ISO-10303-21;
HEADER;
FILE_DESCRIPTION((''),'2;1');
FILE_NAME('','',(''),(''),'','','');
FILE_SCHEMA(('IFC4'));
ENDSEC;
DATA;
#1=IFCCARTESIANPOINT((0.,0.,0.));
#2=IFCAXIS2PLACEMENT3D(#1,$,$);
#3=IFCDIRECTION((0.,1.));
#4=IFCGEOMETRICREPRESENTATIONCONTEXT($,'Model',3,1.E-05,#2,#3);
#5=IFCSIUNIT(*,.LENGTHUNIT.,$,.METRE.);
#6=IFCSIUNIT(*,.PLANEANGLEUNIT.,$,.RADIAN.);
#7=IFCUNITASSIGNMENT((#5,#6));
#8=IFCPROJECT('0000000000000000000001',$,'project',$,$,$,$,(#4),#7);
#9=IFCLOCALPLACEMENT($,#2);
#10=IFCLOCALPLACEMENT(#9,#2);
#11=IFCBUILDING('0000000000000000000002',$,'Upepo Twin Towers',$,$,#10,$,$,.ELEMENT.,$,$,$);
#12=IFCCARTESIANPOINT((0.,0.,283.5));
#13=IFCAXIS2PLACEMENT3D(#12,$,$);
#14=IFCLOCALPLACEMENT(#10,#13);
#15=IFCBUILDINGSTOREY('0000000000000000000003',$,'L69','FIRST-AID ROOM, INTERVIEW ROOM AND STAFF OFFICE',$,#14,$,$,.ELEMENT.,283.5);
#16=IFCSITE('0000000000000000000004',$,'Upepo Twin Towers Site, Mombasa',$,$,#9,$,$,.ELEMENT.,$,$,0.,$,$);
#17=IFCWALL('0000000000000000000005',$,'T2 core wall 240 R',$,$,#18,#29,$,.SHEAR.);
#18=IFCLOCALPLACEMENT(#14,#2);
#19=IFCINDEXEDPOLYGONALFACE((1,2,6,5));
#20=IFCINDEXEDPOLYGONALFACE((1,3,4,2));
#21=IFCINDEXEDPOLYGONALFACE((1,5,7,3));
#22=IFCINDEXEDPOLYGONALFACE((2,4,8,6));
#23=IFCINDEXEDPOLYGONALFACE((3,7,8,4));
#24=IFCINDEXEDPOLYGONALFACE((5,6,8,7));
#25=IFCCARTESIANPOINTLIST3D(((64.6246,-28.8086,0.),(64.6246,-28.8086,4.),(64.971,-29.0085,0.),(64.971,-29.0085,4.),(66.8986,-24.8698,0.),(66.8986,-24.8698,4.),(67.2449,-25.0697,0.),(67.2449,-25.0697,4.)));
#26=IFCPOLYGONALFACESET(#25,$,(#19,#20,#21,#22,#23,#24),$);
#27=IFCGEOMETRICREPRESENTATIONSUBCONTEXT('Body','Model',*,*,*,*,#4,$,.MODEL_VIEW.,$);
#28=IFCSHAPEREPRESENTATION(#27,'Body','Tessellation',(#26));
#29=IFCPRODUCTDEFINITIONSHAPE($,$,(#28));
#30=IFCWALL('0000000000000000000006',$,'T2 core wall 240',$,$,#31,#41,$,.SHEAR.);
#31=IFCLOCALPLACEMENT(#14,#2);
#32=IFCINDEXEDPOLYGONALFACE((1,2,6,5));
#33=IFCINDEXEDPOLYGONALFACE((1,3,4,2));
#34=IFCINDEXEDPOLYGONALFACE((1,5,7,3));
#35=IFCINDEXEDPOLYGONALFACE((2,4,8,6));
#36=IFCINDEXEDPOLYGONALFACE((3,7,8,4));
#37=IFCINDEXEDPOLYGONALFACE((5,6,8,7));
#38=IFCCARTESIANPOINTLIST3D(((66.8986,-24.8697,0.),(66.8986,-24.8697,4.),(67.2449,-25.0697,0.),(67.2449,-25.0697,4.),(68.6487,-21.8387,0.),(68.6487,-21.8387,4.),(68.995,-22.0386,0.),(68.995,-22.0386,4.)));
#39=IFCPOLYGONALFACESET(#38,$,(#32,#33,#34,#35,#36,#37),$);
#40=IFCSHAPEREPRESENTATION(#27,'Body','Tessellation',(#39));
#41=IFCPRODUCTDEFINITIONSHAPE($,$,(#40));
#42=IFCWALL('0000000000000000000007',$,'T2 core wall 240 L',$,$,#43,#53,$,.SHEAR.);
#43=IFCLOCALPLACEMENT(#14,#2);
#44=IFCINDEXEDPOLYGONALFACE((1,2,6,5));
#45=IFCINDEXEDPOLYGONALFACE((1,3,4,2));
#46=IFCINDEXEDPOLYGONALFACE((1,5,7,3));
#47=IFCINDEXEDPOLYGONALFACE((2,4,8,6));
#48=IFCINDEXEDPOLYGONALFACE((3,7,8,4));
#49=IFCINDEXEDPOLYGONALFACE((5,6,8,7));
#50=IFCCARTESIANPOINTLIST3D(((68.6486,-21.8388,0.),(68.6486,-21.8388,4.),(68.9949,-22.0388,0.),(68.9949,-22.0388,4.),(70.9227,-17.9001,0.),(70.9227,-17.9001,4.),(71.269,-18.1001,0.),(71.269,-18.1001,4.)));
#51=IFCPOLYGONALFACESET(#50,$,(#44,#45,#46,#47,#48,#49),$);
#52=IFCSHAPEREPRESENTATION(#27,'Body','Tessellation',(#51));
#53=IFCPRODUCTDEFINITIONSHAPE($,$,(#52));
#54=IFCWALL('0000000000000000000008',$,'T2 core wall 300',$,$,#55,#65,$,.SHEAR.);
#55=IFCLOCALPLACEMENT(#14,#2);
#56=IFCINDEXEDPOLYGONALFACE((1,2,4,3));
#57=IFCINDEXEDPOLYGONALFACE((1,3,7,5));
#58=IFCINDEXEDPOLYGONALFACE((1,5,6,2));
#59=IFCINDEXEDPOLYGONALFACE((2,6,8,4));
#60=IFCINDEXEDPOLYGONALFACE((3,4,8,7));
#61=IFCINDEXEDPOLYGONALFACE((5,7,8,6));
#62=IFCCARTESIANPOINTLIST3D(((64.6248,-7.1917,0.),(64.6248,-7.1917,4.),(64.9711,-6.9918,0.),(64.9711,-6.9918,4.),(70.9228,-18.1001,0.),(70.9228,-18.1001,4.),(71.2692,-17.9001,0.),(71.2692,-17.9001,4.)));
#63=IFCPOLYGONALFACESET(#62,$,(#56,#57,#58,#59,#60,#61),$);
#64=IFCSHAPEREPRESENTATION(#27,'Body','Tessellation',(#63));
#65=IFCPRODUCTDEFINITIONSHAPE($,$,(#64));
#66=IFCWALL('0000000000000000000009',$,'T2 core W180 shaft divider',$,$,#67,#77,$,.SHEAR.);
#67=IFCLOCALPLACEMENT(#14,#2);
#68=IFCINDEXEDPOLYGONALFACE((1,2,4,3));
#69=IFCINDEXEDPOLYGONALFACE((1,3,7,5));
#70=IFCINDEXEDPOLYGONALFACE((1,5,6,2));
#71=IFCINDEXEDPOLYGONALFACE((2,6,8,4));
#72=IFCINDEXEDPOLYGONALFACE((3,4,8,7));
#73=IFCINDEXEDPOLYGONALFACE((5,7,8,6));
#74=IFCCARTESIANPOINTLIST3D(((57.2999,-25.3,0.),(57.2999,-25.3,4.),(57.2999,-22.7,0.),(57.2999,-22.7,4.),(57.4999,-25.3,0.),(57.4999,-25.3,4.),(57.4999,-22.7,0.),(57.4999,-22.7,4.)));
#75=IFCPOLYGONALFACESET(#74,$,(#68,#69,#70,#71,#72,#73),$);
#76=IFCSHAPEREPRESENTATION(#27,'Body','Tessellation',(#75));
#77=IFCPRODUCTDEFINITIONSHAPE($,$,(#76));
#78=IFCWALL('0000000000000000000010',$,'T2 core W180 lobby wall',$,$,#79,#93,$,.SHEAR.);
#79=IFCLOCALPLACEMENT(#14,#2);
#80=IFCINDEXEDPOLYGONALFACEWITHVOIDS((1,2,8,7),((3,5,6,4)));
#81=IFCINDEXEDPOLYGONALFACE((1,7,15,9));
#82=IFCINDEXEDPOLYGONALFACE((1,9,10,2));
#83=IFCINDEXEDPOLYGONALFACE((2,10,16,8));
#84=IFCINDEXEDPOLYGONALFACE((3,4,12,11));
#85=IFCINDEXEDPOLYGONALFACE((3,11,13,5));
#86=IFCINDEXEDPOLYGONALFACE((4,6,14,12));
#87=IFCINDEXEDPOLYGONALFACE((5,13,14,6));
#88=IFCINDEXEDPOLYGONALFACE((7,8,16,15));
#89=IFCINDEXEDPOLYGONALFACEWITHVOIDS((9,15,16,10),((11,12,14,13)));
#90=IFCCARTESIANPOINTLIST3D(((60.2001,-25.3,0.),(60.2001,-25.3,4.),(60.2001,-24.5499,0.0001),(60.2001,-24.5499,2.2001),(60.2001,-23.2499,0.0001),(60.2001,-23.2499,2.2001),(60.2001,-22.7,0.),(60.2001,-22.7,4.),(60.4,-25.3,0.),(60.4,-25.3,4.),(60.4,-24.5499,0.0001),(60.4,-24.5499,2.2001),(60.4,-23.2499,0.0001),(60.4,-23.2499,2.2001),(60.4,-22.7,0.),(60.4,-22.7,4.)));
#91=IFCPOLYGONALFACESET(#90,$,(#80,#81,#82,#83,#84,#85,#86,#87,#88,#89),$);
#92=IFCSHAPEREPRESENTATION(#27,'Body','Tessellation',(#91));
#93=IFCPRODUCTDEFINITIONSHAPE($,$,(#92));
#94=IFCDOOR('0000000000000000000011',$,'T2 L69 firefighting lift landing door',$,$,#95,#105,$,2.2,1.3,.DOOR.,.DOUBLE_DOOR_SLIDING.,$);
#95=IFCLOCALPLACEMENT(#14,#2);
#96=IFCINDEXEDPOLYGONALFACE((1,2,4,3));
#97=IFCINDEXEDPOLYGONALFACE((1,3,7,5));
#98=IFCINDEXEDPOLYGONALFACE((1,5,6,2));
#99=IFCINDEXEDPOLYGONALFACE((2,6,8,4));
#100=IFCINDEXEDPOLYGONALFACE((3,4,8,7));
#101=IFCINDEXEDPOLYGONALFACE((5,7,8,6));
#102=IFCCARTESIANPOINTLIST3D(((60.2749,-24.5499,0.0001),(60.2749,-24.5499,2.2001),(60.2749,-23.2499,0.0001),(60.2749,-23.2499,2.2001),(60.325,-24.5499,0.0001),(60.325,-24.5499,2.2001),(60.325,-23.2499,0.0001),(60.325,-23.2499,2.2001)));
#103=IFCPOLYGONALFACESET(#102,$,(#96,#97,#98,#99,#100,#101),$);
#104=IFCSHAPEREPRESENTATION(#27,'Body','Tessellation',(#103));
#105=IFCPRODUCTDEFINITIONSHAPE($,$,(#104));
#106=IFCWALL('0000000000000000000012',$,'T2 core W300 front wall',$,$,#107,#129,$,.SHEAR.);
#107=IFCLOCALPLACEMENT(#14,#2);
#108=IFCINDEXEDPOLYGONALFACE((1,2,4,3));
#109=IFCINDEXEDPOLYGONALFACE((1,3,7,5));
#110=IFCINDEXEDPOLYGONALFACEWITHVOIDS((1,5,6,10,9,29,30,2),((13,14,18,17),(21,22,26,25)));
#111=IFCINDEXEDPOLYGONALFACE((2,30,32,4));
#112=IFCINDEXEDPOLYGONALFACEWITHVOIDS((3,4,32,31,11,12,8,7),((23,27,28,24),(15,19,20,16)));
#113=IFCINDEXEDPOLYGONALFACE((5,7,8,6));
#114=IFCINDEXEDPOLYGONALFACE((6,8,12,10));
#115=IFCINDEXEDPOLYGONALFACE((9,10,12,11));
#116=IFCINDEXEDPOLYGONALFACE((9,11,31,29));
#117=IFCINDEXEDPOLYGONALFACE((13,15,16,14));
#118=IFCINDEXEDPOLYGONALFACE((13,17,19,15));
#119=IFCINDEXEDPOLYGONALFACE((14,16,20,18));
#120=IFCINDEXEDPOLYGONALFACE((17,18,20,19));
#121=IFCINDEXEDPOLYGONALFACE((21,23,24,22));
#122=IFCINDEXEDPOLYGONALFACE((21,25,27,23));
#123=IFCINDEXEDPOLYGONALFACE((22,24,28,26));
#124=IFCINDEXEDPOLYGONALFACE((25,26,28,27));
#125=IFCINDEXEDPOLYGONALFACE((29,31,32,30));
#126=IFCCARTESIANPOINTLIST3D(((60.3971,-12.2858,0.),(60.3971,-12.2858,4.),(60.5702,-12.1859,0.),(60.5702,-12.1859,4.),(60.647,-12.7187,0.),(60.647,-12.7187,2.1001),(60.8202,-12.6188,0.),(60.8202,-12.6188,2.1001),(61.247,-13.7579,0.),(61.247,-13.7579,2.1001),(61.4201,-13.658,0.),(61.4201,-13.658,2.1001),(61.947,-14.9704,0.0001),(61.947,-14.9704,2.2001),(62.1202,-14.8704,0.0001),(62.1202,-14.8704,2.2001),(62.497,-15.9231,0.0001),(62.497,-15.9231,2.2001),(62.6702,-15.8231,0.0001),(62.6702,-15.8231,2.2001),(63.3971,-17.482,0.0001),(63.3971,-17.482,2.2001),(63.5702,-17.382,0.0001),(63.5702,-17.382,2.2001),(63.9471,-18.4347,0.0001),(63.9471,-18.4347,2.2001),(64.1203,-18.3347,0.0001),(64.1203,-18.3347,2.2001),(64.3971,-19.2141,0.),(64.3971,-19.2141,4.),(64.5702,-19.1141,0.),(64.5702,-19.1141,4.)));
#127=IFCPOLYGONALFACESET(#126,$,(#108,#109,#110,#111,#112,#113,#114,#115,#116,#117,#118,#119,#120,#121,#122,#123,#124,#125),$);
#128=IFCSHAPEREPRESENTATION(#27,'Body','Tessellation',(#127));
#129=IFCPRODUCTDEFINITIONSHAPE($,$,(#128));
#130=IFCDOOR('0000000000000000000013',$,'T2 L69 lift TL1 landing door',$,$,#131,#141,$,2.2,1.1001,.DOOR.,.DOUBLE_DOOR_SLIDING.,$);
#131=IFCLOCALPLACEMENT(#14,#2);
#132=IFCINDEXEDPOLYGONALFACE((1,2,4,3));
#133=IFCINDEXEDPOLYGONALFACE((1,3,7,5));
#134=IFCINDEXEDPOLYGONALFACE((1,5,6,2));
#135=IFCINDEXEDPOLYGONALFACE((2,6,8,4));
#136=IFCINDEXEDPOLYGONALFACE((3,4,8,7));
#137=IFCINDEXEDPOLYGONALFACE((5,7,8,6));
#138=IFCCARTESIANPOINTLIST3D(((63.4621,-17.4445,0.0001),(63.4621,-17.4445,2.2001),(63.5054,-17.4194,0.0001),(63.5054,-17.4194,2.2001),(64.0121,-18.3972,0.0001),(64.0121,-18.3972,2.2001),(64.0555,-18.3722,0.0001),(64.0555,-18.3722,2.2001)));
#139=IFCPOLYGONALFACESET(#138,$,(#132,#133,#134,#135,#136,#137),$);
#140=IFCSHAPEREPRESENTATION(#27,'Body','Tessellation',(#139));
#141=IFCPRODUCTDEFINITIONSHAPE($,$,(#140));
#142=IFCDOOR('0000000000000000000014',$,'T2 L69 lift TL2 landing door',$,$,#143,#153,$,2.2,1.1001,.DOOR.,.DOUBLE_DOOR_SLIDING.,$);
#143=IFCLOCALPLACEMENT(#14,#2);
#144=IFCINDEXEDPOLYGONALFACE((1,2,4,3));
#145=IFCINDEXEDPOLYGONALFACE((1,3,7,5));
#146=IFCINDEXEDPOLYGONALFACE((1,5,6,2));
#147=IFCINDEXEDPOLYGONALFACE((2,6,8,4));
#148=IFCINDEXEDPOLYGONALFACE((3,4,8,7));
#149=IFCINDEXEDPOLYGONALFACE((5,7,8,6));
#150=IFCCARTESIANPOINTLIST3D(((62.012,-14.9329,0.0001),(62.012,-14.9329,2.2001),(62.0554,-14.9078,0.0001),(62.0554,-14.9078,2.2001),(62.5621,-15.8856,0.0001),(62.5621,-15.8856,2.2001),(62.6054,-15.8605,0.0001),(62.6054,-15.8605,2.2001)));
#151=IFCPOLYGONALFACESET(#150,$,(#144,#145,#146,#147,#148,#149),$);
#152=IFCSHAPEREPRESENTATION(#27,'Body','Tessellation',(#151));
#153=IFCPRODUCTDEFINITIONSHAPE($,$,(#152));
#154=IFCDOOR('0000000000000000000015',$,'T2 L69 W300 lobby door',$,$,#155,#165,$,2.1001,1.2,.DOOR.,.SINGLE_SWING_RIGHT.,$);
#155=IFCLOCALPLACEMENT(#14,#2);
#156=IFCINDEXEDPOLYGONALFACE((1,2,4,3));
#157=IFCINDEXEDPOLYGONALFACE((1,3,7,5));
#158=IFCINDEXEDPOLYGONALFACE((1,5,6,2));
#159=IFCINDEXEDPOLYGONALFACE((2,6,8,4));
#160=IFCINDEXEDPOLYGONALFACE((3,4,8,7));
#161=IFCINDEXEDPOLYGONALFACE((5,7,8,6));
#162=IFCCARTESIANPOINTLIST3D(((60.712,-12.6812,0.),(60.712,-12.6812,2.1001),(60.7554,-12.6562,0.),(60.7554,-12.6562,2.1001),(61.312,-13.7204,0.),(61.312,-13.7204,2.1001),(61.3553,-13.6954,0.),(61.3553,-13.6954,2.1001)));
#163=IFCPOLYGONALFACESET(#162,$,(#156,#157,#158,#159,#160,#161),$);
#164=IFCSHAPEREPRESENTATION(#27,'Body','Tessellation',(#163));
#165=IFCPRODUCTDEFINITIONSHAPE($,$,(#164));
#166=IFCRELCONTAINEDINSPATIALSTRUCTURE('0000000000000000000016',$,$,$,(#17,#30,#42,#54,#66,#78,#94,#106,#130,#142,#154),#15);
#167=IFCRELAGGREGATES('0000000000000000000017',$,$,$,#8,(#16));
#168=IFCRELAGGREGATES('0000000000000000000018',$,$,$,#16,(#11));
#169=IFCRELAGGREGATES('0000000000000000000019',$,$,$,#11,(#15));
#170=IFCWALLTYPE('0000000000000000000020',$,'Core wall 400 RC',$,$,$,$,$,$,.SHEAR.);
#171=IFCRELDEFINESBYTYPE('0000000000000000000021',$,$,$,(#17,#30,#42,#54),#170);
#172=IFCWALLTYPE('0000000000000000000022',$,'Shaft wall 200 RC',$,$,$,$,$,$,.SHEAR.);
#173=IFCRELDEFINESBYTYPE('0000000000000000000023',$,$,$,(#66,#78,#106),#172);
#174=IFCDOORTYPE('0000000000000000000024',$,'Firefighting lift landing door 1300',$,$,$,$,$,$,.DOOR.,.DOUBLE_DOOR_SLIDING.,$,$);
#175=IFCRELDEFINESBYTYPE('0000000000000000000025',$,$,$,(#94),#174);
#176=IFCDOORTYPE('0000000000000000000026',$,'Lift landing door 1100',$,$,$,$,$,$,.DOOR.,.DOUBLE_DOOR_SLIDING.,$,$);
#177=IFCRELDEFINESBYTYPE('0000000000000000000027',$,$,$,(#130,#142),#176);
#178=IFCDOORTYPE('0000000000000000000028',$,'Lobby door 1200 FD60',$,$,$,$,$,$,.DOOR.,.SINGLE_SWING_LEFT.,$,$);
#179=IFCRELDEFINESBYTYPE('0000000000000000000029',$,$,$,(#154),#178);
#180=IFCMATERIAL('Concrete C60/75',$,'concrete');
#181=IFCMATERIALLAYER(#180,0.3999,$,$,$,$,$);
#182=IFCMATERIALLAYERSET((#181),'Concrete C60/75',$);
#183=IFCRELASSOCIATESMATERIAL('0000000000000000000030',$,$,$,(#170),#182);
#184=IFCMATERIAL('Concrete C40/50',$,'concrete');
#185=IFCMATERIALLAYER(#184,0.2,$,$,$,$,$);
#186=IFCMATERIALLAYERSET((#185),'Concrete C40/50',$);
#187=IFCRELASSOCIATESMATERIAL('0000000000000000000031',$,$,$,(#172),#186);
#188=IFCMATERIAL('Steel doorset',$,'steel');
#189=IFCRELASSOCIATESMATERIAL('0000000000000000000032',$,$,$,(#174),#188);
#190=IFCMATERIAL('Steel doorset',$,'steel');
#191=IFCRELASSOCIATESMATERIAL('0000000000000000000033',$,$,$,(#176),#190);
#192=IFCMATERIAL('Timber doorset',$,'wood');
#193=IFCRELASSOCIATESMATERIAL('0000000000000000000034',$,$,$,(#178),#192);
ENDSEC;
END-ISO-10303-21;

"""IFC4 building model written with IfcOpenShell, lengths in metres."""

from ifc_helpers import new_model, si_unit, direction, frame, frame_2d, origin, place, context, subcontext, project, spatial, rectangle, extrude, material, layer, layer_set, type_object, element, fill, save


model = new_model("IFC4")

# Units and contexts
model_context = context("Model", 3, precision=1e-05, world=origin(), true_north=direction((0.0, 1.0)))
body_context = subcontext(model_context, "Body", "Model", "MODEL_VIEW")
ifc_project = project(units=[si_unit("LENGTHUNIT", "METRE"), si_unit("PLANEANGLEUNIT", "RADIAN")], contexts=[model_context])

# Site, building, storey
site_placement = place(None, origin())
site = spatial("IfcSite", under=ifc_project, at=site_placement, Name="Upepo Twin Towers Site, Mombasa", CompositionType="ELEMENT", RefElevation=0.0)
building_placement = place(site_placement, origin())
building = spatial("IfcBuilding", under=site, at=building_placement, Name="Upepo Twin Towers", CompositionType="ELEMENT")
storey_placement = place(building_placement, frame((0.0, 0.0, 283.5)))
storey = spatial("IfcBuildingStorey", under=building, at=storey_placement, Name="L69", Description="FIRST-AID ROOM, INTERVIEW ROOM AND STAFF OFFICE", CompositionType="ELEMENT", Elevation=283.5)

# Walls
ifc_material_1 = material(Name="Concrete C60/75", Category="concrete")
ifc_layer_1 = layer(ifc_material_1, 0.3999)
ifc_layer_set_1 = layer_set([ifc_layer_1], Name="Concrete C60/75")
wall_type_1 = type_object("IfcWallType", Name="Core wall 400 RC", PredefinedType="SHEAR", material=ifc_layer_set_1)
wall_1_placement = place(storey_placement, frame((64.7979, -28.9084, 0.0), z_axis=(0.0, 0.0, 1.0), x_axis=(0.499984, 0.866035, 0.0)))
element("IfcWall", 1, at=wall_1_placement, inside=storey, type_object=wall_type_1, Name="T2 core wall 240 R", PredefinedType="SHEAR", context=body_context, shape_type="SweptSolid", body=[
    extrude(rectangle(XDim=4.5481, YDim=0.3999, at=frame_2d((2.2739, 0.0))), origin(), (0.0, 0.0, 1.0), 4.0),
])
wall_2_placement = place(storey_placement, frame((67.0718, -24.9697, 0.0), z_axis=(0.0, 0.0, 1.0), x_axis=(0.50001, 0.866019, 0.0)))
element("IfcWall", 2, at=wall_2_placement, inside=storey, type_object=wall_type_1, Name="T2 core wall 240", PredefinedType="SHEAR", context=body_context, shape_type="SweptSolid", body=[
    extrude(rectangle(XDim=3.5, YDim=0.3999, at=frame_2d((1.75, 0.0))), origin(), (0.0, 0.0, 1.0), 4.0),
])
wall_3_placement = place(storey_placement, frame((68.8218, -21.9387, 0.0), z_axis=(0.0, 0.0, 1.0), x_axis=(0.500024, 0.866011, 0.0)))
element("IfcWall", 3, at=wall_3_placement, inside=storey, type_object=wall_type_1, Name="T2 core wall 240 L", PredefinedType="SHEAR", context=body_context, shape_type="SweptSolid", body=[
    extrude(rectangle(XDim=4.5481, YDim=0.3999, at=frame_2d((2.2739, 0.0))), origin(), (0.0, 0.0, 1.0), 4.0),
])
wall_4_placement = place(storey_placement, frame((71.0959, -18.0, 0.0), z_axis=(0.0, 0.0, 1.0), x_axis=(-0.500006, 0.866022, 0.0)))
element("IfcWall", 4, at=wall_4_placement, inside=storey, type_object=wall_type_1, Name="T2 core wall 300", PredefinedType="SHEAR", context=body_context, shape_type="SweptSolid", body=[
    extrude(rectangle(XDim=12.5959, YDim=0.3999, at=frame_2d((6.2979, 0.0))), origin(), (0.0, 0.0, 1.0), 4.0),
])
ifc_material_2 = material(Name="Concrete C40/50", Category="concrete")
ifc_layer_2 = layer(ifc_material_2, 0.2)
ifc_layer_set_2 = layer_set([ifc_layer_2], Name="Concrete C40/50")
wall_type_2 = type_object("IfcWallType", Name="Shaft wall 200 RC", PredefinedType="SHEAR", material=ifc_layer_set_2)
wall_5_placement = place(storey_placement, frame((57.3999, -22.7, 0.0), z_axis=(0.0, 0.0, 1.0), x_axis=(0.0, -1.0, 0.0)))
element("IfcWall", 5, at=wall_5_placement, inside=storey, type_object=wall_type_2, Name="T2 core W180 shaft divider", PredefinedType="SHEAR", context=body_context, shape_type="SweptSolid", body=[
    extrude(rectangle(XDim=2.6001, YDim=0.2, at=frame_2d((1.3, 0.0))), origin(), (0.0, 0.0, 1.0), 4.0),
])

# Wall, opening, door
wall_6_placement = place(storey_placement, frame((60.3, -22.7, 0.0), z_axis=(0.0, 0.0, 1.0), x_axis=(0.0, -1.0, 0.0)))
wall_6 = element("IfcWall", 6, at=wall_6_placement, inside=storey, type_object=wall_type_2, Name="T2 core W180 lobby wall", PredefinedType="SHEAR", context=body_context, shape_type="SweptSolid", body=[
    extrude(rectangle(XDim=2.6001, YDim=0.2, at=frame_2d((1.3, 0.0))), origin(), (0.0, 0.0, 1.0), 4.0),
])
opening_1_placement = place(wall_6_placement, frame((0.55, 0.0, 0.0)))
opening_1 = element("IfcOpeningElement", 7, at=opening_1_placement, cuts=wall_6, PredefinedType="OPENING", context=body_context, shape_type="SweptSolid", body=[
    extrude(rectangle(XDim=1.3, YDim=2.2, at=frame_2d((0.6499, 1.1001))), frame((0.0, 0.1099, 0.0), z_axis=(0.0, -1.0, 0.0), x_axis=(1.0, 0.0, 0.0)), (0.0, 0.0, 1.0), 0.22),
])
ifc_material_3 = material(Name="Steel doorset", Category="steel")
door_type_1 = type_object("IfcDoorType", Name="Firefighting lift landing door 1300", OperationType="DOUBLE_DOOR_SLIDING", PredefinedType="DOOR", material=ifc_material_3)
door_1_placement = place(opening_1_placement, origin())
door_1 = element("IfcDoor", 8, at=door_1_placement, inside=storey, type_object=door_type_1, Name="T2 L69 firefighting lift landing door", OperationType="DOUBLE_DOOR_SLIDING", OverallHeight=2.2, OverallWidth=1.3, PredefinedType="DOOR", context=body_context, shape_type="SweptSolid", body=[
    extrude(rectangle(XDim=1.3, YDim=2.2, at=frame_2d((0.6499, 1.1001))), frame((0.0, 0.0249, 0.0), z_axis=(0.0, -1.0, 0.0), x_axis=(1.0, 0.0, 0.0)), (0.0, 0.0, 1.0), 0.05),
])
fill(opening_1, door_1)

# Wall, openings, doors
wall_7_placement = place(storey_placement, frame((64.4836, -19.1641, 0.0), z_axis=(0.0, 0.0, 1.0), x_axis=(-0.499999, 0.866026, 0.0)))
wall_7 = element("IfcWall", 9, at=wall_7_placement, inside=storey, type_object=wall_type_2, Name="T2 core W300 front wall", PredefinedType="SHEAR", context=body_context, shape_type="SweptSolid", body=[
    extrude(rectangle(XDim=8.0, YDim=0.2, at=frame_2d((4.0, 0.0))), origin(), (0.0, 0.0, 1.0), 4.0),
])
opening_2_placement = place(wall_7_placement, frame((6.3, 0.0, 0.0)))
opening_2 = element("IfcOpeningElement", 10, at=opening_2_placement, cuts=wall_7, PredefinedType="OPENING", context=body_context, shape_type="SweptSolid", body=[
    extrude(rectangle(XDim=1.2, YDim=2.1001, at=frame_2d((0.6001, 1.05))), frame((0.0, 0.1099, 0.0), z_axis=(0.0, -1.0, 0.0), x_axis=(1.0, 0.0, 0.0)), (0.0, 0.0, 1.0), 0.22),
])
opening_3_placement = place(wall_7_placement, frame((0.8999, 0.0, 0.0)))
opening_3 = element("IfcOpeningElement", 11, at=opening_3_placement, cuts=wall_7, PredefinedType="OPENING", context=body_context, shape_type="SweptSolid", body=[
    extrude(rectangle(XDim=1.1001, YDim=2.2, at=frame_2d((0.55, 1.1001))), frame((0.0, 0.1099, 0.0), z_axis=(0.0, -1.0, 0.0), x_axis=(1.0, 0.0, 0.0)), (0.0, 0.0, 1.0), 0.22),
])
opening_4_placement = place(wall_7_placement, frame((3.8, 0.0, 0.0)))
opening_4 = element("IfcOpeningElement", 12, at=opening_4_placement, cuts=wall_7, PredefinedType="OPENING", context=body_context, shape_type="SweptSolid", body=[
    extrude(rectangle(XDim=1.1001, YDim=2.2, at=frame_2d((0.55, 1.1001))), frame((0.0, 0.1099, 0.0), z_axis=(0.0, -1.0, 0.0), x_axis=(1.0, 0.0, 0.0)), (0.0, 0.0, 1.0), 0.22),
])
ifc_material_4 = material(Name="Steel doorset", Category="steel")
door_type_2 = type_object("IfcDoorType", Name="Lift landing door 1100", OperationType="DOUBLE_DOOR_SLIDING", PredefinedType="DOOR", material=ifc_material_4)
door_2_placement = place(opening_3_placement, origin())
door_2 = element("IfcDoor", 13, at=door_2_placement, inside=storey, type_object=door_type_2, Name="T2 L69 lift TL1 landing door", OperationType="DOUBLE_DOOR_SLIDING", OverallHeight=2.2, OverallWidth=1.1001, PredefinedType="DOOR", context=body_context, shape_type="SweptSolid", body=[
    extrude(rectangle(XDim=1.1001, YDim=2.2, at=frame_2d((0.55, 1.1001))), frame((0.0, 0.0249, 0.0), z_axis=(0.0, -1.0, 0.0), x_axis=(1.0, 0.0, 0.0)), (0.0, 0.0, 1.0), 0.05),
])
fill(opening_3, door_2)
door_3_placement = place(opening_4_placement, origin())
door_3 = element("IfcDoor", 14, at=door_3_placement, inside=storey, type_object=door_type_2, Name="T2 L69 lift TL2 landing door", OperationType="DOUBLE_DOOR_SLIDING", OverallHeight=2.2, OverallWidth=1.1001, PredefinedType="DOOR", context=body_context, shape_type="SweptSolid", body=[
    extrude(rectangle(XDim=1.1001, YDim=2.2, at=frame_2d((0.55, 1.1001))), frame((0.0, 0.0249, 0.0), z_axis=(0.0, -1.0, 0.0), x_axis=(1.0, 0.0, 0.0)), (0.0, 0.0, 1.0), 0.05),
])
fill(opening_4, door_3)
ifc_material_5 = material(Name="Timber doorset", Category="wood")
door_type_3 = type_object("IfcDoorType", Name="Lobby door 1200 FD60", OperationType="SINGLE_SWING_LEFT", PredefinedType="DOOR", material=ifc_material_5)
door_4_placement = place(opening_2_placement, origin())
door_4 = element("IfcDoor", 15, at=door_4_placement, inside=storey, type_object=door_type_3, Name="T2 L69 W300 lobby door", OperationType="SINGLE_SWING_RIGHT", OverallHeight=2.1001, OverallWidth=1.2, PredefinedType="DOOR", context=body_context, shape_type="SweptSolid", body=[
    extrude(rectangle(XDim=1.2, YDim=2.1001, at=frame_2d((0.6001, 1.05))), frame((0.0, 0.0249, 0.0), z_axis=(0.0, -1.0, 0.0), x_axis=(1.0, 0.0, 0.0)), (0.0, 0.0, 1.0), 0.05),
])
fill(opening_2, door_4)

save(model, "model.ifc")
